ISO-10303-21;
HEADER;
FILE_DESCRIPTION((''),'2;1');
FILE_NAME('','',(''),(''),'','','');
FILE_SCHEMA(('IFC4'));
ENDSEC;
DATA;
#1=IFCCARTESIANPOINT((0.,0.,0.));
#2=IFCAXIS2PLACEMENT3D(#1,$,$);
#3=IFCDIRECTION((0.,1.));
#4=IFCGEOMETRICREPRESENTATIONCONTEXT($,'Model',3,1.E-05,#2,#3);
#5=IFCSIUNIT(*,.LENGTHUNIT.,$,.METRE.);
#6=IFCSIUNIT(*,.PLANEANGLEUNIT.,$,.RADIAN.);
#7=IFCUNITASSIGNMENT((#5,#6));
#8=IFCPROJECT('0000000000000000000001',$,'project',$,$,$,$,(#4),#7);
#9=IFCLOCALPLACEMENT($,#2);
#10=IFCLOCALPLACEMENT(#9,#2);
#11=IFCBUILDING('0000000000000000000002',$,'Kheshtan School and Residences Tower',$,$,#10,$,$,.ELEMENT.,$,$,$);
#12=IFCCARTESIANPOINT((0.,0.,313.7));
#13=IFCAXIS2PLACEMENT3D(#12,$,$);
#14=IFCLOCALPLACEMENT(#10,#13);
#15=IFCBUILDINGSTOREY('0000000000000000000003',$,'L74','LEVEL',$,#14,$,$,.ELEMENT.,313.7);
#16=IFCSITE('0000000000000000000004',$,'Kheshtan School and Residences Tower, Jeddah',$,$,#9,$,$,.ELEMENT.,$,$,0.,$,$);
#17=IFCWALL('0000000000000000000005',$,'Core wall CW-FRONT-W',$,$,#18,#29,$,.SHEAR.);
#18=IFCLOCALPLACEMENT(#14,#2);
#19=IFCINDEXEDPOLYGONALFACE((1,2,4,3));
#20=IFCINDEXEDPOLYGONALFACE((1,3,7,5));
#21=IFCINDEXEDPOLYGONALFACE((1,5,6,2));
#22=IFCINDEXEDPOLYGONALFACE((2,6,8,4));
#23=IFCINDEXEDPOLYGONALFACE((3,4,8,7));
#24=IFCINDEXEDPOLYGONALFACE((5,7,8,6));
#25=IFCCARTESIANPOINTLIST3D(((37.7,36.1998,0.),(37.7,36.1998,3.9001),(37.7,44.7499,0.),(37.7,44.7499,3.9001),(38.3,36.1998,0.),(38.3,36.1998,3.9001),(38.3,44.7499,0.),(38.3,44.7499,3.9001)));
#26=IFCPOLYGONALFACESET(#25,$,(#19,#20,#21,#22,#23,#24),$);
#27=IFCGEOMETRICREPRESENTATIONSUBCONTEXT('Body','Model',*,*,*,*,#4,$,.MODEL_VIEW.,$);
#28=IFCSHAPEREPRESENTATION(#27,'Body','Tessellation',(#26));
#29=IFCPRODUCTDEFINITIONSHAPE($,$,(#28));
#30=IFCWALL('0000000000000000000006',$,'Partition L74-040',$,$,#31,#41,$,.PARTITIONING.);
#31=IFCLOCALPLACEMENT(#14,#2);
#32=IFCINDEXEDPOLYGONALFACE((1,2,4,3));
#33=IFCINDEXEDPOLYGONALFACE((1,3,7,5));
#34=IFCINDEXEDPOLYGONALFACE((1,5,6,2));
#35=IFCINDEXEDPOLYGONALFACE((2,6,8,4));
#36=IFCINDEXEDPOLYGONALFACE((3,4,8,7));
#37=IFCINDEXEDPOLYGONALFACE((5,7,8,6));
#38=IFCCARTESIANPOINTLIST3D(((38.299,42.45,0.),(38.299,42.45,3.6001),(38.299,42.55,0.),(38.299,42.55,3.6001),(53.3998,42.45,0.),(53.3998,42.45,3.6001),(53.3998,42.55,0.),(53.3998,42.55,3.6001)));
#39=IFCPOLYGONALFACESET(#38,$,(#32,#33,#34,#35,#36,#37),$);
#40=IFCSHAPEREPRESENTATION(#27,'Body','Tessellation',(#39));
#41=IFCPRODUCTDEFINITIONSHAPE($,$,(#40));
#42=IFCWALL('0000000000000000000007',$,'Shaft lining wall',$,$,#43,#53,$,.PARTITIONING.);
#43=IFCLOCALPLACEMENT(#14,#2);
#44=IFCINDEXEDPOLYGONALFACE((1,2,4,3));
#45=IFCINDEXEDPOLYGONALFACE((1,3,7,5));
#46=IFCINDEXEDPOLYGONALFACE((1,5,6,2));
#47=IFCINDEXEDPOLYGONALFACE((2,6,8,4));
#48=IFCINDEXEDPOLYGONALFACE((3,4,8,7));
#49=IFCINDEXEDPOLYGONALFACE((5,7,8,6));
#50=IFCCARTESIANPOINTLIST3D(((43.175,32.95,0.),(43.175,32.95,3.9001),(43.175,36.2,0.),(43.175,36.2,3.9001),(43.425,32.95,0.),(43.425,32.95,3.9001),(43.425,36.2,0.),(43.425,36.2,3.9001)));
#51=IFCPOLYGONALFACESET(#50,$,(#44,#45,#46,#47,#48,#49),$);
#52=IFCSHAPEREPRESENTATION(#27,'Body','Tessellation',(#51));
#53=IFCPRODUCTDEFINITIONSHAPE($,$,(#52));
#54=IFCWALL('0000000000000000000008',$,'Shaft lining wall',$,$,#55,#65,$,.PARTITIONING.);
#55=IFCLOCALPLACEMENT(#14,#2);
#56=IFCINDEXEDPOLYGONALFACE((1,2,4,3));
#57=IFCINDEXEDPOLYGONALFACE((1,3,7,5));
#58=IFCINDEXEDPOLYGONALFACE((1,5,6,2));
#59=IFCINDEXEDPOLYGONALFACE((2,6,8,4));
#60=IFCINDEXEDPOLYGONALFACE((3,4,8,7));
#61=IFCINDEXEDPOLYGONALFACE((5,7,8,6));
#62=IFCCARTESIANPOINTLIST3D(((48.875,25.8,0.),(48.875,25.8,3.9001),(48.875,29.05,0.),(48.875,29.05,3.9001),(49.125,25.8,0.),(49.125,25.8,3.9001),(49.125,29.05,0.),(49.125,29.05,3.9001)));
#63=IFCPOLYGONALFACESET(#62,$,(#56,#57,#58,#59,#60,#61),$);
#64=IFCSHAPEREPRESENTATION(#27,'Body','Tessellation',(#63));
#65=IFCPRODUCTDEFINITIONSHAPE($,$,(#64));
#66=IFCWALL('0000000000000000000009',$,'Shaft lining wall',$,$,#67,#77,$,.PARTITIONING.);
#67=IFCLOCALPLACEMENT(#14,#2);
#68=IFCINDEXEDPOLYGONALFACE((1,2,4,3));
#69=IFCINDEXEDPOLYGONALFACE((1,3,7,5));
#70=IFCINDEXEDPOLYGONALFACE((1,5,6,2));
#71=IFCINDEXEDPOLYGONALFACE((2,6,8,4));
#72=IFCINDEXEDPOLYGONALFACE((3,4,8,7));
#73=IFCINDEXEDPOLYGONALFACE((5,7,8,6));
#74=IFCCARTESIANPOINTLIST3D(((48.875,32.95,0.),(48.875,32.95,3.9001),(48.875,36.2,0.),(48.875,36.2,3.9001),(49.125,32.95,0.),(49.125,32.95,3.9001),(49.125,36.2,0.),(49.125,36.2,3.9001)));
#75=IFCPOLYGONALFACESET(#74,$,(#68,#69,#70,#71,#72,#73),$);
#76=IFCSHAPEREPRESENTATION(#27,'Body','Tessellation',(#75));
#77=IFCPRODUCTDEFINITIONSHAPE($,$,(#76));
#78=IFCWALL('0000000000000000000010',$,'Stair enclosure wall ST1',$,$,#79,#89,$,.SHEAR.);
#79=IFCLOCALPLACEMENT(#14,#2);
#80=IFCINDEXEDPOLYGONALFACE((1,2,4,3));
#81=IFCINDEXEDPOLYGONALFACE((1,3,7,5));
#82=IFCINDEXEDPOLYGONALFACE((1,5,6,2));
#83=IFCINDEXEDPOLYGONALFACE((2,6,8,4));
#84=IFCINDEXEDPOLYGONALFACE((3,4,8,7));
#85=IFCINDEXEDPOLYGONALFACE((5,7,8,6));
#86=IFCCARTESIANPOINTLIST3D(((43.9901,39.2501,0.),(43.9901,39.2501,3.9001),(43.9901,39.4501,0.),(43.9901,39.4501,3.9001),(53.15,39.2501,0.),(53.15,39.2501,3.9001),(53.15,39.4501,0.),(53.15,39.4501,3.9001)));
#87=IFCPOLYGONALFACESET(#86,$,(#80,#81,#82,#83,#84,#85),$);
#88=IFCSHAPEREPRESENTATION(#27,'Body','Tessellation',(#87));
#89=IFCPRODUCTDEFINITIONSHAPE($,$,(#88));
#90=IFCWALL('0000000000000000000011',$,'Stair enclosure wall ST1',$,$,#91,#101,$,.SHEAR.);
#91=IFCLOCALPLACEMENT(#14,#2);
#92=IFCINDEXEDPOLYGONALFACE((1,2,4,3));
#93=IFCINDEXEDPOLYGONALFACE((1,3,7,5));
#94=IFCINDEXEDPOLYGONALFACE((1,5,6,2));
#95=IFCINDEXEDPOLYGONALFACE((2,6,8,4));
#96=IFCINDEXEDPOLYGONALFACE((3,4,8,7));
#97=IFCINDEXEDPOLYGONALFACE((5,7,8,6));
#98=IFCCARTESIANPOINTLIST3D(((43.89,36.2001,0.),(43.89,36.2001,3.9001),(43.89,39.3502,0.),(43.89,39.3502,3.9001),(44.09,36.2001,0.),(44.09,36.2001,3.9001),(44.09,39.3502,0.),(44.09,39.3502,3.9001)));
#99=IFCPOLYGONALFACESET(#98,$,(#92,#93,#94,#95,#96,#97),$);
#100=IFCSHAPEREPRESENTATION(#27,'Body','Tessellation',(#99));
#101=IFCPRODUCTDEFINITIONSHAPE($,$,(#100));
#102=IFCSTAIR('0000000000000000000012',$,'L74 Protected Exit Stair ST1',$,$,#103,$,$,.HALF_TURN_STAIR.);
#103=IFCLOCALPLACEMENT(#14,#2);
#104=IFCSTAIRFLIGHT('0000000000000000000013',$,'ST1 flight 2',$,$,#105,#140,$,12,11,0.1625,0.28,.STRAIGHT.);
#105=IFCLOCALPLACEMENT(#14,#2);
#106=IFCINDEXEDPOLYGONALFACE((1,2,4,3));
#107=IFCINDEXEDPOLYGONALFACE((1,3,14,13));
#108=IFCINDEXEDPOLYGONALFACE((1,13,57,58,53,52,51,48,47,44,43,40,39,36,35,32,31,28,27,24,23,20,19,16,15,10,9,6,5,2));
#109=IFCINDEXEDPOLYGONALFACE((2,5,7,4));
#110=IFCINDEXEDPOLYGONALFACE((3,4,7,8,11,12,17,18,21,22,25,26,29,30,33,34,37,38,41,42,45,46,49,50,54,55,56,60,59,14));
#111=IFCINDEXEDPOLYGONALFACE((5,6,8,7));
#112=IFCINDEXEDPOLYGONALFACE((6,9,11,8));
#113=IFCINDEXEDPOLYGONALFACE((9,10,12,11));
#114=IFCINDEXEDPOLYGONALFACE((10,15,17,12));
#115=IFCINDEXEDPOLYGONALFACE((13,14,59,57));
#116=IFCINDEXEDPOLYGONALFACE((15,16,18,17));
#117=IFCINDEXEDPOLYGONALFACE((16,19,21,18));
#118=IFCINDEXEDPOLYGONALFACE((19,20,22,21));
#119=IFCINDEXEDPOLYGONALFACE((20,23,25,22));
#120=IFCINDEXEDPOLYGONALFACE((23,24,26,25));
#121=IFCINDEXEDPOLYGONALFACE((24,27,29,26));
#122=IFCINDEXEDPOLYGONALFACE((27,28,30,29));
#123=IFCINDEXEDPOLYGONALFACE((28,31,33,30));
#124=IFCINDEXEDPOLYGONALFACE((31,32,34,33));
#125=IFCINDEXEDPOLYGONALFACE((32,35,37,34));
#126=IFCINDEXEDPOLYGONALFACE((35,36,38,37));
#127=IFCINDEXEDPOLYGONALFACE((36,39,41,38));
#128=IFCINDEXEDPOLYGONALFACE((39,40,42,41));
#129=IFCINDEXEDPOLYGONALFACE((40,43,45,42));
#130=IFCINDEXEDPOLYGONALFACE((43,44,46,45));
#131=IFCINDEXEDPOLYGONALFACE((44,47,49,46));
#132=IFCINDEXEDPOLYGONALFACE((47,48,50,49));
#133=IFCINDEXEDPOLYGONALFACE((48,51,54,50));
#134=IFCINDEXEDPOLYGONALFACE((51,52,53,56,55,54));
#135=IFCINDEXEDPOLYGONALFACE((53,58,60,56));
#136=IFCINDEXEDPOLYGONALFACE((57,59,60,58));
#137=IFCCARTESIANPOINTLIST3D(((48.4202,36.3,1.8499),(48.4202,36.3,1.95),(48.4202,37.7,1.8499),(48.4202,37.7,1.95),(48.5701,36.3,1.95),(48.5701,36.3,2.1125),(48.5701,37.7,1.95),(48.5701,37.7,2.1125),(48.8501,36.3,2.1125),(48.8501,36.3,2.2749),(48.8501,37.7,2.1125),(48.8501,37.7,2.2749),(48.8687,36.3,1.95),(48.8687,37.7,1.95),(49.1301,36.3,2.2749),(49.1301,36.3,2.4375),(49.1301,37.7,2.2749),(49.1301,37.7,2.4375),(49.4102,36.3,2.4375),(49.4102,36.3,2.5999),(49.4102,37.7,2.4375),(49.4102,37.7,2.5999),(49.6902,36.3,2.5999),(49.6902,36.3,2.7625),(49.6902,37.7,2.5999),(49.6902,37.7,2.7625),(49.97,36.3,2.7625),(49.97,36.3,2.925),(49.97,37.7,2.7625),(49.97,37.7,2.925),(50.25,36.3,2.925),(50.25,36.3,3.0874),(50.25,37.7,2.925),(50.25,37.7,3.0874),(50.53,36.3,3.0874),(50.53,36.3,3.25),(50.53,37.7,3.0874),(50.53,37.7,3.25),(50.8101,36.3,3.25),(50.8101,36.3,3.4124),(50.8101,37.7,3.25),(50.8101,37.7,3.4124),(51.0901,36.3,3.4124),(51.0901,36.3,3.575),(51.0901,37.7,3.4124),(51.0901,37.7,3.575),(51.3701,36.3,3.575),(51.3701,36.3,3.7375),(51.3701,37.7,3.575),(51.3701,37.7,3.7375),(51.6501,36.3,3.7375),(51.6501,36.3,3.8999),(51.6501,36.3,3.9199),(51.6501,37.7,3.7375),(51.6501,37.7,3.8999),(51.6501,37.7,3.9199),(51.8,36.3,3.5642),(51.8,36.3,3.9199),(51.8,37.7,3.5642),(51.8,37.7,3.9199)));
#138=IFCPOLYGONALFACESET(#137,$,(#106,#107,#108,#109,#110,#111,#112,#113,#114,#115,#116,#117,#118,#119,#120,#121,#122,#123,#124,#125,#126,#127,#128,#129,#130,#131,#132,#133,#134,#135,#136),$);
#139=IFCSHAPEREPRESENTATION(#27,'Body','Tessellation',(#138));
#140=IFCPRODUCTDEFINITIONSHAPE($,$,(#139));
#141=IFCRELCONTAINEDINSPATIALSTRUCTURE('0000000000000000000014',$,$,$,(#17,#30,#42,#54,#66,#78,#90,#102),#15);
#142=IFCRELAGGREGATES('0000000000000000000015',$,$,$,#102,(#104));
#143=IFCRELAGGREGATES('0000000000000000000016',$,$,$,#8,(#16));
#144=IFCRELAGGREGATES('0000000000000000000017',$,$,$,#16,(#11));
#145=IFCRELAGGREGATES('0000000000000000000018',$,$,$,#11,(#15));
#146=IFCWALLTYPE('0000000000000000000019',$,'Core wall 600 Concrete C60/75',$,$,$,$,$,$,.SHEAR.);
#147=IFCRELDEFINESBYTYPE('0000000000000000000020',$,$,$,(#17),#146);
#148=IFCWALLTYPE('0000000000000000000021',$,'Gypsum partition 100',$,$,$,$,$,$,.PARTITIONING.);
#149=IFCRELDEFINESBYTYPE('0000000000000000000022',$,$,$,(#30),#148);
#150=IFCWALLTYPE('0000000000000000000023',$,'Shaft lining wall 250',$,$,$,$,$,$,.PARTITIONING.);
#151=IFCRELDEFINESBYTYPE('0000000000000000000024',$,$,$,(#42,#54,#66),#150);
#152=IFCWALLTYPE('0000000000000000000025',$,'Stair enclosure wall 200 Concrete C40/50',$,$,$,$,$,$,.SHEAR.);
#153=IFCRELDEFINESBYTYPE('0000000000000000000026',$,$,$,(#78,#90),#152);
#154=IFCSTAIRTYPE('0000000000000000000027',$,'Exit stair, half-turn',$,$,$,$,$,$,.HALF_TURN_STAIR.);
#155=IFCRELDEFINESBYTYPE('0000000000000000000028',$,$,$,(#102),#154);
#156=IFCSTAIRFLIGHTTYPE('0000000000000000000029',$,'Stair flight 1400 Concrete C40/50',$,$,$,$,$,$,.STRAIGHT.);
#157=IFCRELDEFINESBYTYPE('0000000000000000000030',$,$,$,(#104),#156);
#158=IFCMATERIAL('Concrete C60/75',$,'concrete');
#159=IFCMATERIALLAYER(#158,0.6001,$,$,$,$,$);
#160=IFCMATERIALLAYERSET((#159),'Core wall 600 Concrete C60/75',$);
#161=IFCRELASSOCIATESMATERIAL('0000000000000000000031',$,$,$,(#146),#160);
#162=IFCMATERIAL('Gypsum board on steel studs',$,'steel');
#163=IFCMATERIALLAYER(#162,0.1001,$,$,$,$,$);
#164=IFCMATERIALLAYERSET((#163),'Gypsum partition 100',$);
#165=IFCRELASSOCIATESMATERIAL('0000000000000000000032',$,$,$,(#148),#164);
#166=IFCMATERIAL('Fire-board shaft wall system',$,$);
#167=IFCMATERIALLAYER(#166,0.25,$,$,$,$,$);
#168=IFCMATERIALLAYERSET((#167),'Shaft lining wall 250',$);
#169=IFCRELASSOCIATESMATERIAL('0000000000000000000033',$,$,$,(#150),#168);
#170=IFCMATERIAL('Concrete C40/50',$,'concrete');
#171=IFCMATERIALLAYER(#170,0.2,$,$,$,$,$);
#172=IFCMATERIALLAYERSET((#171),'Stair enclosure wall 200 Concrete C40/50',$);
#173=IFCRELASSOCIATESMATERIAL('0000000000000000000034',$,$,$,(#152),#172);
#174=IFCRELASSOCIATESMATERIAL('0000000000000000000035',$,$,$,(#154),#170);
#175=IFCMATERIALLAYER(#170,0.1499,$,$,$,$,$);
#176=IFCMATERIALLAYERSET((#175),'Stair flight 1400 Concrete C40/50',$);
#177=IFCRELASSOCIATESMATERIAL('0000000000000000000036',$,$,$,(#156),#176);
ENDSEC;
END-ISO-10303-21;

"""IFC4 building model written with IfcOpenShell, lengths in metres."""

from ifc_helpers import new_model, si_unit, direction, frame, frame_2d, origin, place, context, subcontext, project, spatial, polyline, rectangle, outline, extrude, material, layer, layer_set, type_object, element, aggregate, save


model = new_model("IFC4")

# Units and contexts
model_context = context("Model", 3, precision=1e-05, world=origin(), true_north=direction((0.0, 1.0)))
body_context = subcontext(model_context, "Body", "Model", "MODEL_VIEW")
ifc_project = project(units=[si_unit("LENGTHUNIT", "METRE"), si_unit("PLANEANGLEUNIT", "RADIAN")], contexts=[model_context])

# Site, building, storey
site_placement = place(None, origin())
site = spatial("IfcSite", under=ifc_project, at=site_placement, Name="Kheshtan School and Residences Tower, Jeddah", CompositionType="ELEMENT", RefElevation=0.0)
building_placement = place(site_placement, origin())
building = spatial("IfcBuilding", under=site, at=building_placement, Name="Kheshtan School and Residences Tower", CompositionType="ELEMENT")
storey_placement = place(building_placement, frame((0.0, 0.0, 313.7)))
storey = spatial("IfcBuildingStorey", under=building, at=storey_placement, Name="L74", Description="LEVEL", CompositionType="ELEMENT", Elevation=313.7)

# Walls
ifc_material_1 = material(Name="Concrete C60/75", Category="concrete")
ifc_layer_1 = layer(ifc_material_1, 0.6001)
ifc_layer_set_1 = layer_set([ifc_layer_1], Name="Core wall 600 Concrete C60/75")
wall_type_1 = type_object("IfcWallType", Name="Core wall 600 Concrete C60/75", PredefinedType="SHEAR", material=ifc_layer_set_1)
wall_1_placement = place(storey_placement, frame((38.0, 36.2, 0.0), z_axis=(0.0, 0.0, 1.0), x_axis=(0.0, 1.0, 0.0)))
element("IfcWall", 1, at=wall_1_placement, inside=storey, type_object=wall_type_1, Name="Core wall CW-FRONT-W", PredefinedType="SHEAR", context=body_context, shape_type="SweptSolid", body=[
    extrude(rectangle(XDim=8.55, YDim=0.6001, at=frame_2d((4.2749, 0.0))), origin(), (0.0, 0.0, 1.0), 3.9001),
])
ifc_material_2 = material(Name="Gypsum board on steel studs", Category="steel")
ifc_layer_2 = layer(ifc_material_2, 0.1001)
ifc_layer_set_2 = layer_set([ifc_layer_2], Name="Gypsum partition 100")
wall_type_2 = type_object("IfcWallType", Name="Gypsum partition 100", PredefinedType="PARTITIONING", material=ifc_layer_set_2)
wall_2_placement = place(storey_placement, frame((38.2991, 42.5, 0.0), z_axis=(0.0, 0.0, 1.0), x_axis=(1.0, 0.0, 0.0)))
element("IfcWall", 2, at=wall_2_placement, inside=storey, type_object=wall_type_2, Name="Partition L74-040", PredefinedType="PARTITIONING", context=body_context, shape_type="SweptSolid", body=[
    extrude(rectangle(XDim=15.1008, YDim=0.1001, at=frame_2d((7.5503, 0.0))), origin(), (0.0, 0.0, 1.0), 3.6001),
])
ifc_material_3 = material(Name="Fire-board shaft wall system")
ifc_layer_3 = layer(ifc_material_3, 0.25)
ifc_layer_set_3 = layer_set([ifc_layer_3], Name="Shaft lining wall 250")
wall_type_3 = type_object("IfcWallType", Name="Shaft lining wall 250", PredefinedType="PARTITIONING", material=ifc_layer_set_3)
for number, where, z_axis, x_axis, name in (
    (3, (43.3, 32.95, 0.0), (0.0, 0.0, 1.0), (0.0, 1.0, 0.0), "Shaft lining wall"),
    (4, (49.0, 25.8, 0.0), (0.0, 0.0, 1.0), (0.0, 1.0, 0.0), "Shaft lining wall"),
    (5, (49.0, 32.95, 0.0), (0.0, 0.0, 1.0), (0.0, 1.0, 0.0), "Shaft lining wall"),
):
    element("IfcWall", number, at=place(storey_placement, frame(where, z_axis=z_axis, x_axis=x_axis)), inside=storey, type_object=wall_type_3, Name=name, PredefinedType="PARTITIONING", context=body_context, shape_type="SweptSolid", body=[
        extrude(rectangle(XDim=3.25, YDim=0.25, at=frame_2d((1.625, 0.0))), origin(), (0.0, 0.0, 1.0), 3.9001),
    ])
ifc_material_4 = material(Name="Concrete C40/50", Category="concrete")
ifc_layer_4 = layer(ifc_material_4, 0.2)
ifc_layer_set_4 = layer_set([ifc_layer_4], Name="Stair enclosure wall 200 Concrete C40/50")
wall_type_4 = type_object("IfcWallType", Name="Stair enclosure wall 200 Concrete C40/50", PredefinedType="SHEAR", material=ifc_layer_set_4)
wall_3_placement = place(storey_placement, frame((43.99, 39.3501, 0.0), z_axis=(0.0, 0.0, 1.0), x_axis=(1.0, 0.0, 0.0)))
element("IfcWall", 6, at=wall_3_placement, inside=storey, type_object=wall_type_4, Name="Stair enclosure wall ST1", PredefinedType="SHEAR", context=body_context, shape_type="SweptSolid", body=[
    extrude(rectangle(XDim=9.1599, YDim=0.2, at=frame_2d((4.5801, 0.0))), origin(), (0.0, 0.0, 1.0), 3.9001),
])
wall_4_placement = place(storey_placement, frame((43.99, 36.2, 0.0), z_axis=(0.0, 0.0, 1.0), x_axis=(0.0, 1.0, 0.0)))
element("IfcWall", 7, at=wall_4_placement, inside=storey, type_object=wall_type_4, Name="Stair enclosure wall ST1", PredefinedType="SHEAR", context=body_context, shape_type="SweptSolid", body=[
    extrude(rectangle(XDim=3.1501, YDim=0.2, at=frame_2d((1.5752, 0.0))), origin(), (0.0, 0.0, 1.0), 3.9001),
])

# Stair, stair flight
stair_type = type_object("IfcStairType", Name="Exit stair, half-turn", PredefinedType="HALF_TURN_STAIR", material=ifc_material_4)
stair_placement = place(storey_placement, origin())
stair = element("IfcStair", 8, at=stair_placement, inside=storey, type_object=stair_type, Name="L74 Protected Exit Stair ST1", PredefinedType="HALF_TURN_STAIR")
ifc_layer_5 = layer(ifc_material_4, 0.1499)
ifc_layer_set_5 = layer_set([ifc_layer_5], Name="Stair flight 1400 Concrete C40/50")
stair_flight_type = type_object("IfcStairFlightType", Name="Stair flight 1400 Concrete C40/50", PredefinedType="STRAIGHT", material=ifc_layer_set_5)
stair_flight_placement = place(storey_placement, frame((48.5701, 37.0, 1.95), z_axis=(0.0, 0.0, 1.0), x_axis=(1.0, 0.0, 0.0)))
stair_flight = element("IfcStairFlight", 9, at=stair_flight_placement, type_object=stair_flight_type, Name="ST1 flight 2", NumberOfRisers=12, NumberOfTreads=11, PredefinedType="STRAIGHT", RiserHeight=0.1625, TreadLength=0.28, context=body_context, shape_type="SweptSolid", body=[
    extrude(outline(polyline([(-0.1499, -0.1001), (-0.1499, 0.0), (0.0, 0.0), (0.0, 0.1626), (0.28, 0.1626), (0.28, 0.325), (0.5601, 0.325), (0.5601, 0.4875), (0.8401, 0.4875), (0.8401, 0.6499), (1.1201, 0.6499), (1.1201, 0.8125), (1.3999, 0.8125), (1.3999, 0.9751), (1.6799, 0.9751), (1.6799, 1.1375), (1.96, 1.1375), (1.96, 1.3), (2.24, 1.3), (2.24, 1.4624), (2.52, 1.4624), (2.52, 1.625), (2.8, 1.625), (2.8, 1.7876), (3.0801, 1.7876), (3.0801, 1.95), (3.0801, 1.97), (3.23, 1.97), (3.23, 1.6143), (0.2986, 0.0), (-0.1499, -0.1001)])), frame((0.0, 0.7, 0.0), z_axis=(0.0, -1.0, 0.0), x_axis=(1.0, 0.0, 0.0)), (0.0, 0.0, 1.0), 1.3999),
])
aggregate(stair, [stair_flight])

save(model, "model.ifc")
